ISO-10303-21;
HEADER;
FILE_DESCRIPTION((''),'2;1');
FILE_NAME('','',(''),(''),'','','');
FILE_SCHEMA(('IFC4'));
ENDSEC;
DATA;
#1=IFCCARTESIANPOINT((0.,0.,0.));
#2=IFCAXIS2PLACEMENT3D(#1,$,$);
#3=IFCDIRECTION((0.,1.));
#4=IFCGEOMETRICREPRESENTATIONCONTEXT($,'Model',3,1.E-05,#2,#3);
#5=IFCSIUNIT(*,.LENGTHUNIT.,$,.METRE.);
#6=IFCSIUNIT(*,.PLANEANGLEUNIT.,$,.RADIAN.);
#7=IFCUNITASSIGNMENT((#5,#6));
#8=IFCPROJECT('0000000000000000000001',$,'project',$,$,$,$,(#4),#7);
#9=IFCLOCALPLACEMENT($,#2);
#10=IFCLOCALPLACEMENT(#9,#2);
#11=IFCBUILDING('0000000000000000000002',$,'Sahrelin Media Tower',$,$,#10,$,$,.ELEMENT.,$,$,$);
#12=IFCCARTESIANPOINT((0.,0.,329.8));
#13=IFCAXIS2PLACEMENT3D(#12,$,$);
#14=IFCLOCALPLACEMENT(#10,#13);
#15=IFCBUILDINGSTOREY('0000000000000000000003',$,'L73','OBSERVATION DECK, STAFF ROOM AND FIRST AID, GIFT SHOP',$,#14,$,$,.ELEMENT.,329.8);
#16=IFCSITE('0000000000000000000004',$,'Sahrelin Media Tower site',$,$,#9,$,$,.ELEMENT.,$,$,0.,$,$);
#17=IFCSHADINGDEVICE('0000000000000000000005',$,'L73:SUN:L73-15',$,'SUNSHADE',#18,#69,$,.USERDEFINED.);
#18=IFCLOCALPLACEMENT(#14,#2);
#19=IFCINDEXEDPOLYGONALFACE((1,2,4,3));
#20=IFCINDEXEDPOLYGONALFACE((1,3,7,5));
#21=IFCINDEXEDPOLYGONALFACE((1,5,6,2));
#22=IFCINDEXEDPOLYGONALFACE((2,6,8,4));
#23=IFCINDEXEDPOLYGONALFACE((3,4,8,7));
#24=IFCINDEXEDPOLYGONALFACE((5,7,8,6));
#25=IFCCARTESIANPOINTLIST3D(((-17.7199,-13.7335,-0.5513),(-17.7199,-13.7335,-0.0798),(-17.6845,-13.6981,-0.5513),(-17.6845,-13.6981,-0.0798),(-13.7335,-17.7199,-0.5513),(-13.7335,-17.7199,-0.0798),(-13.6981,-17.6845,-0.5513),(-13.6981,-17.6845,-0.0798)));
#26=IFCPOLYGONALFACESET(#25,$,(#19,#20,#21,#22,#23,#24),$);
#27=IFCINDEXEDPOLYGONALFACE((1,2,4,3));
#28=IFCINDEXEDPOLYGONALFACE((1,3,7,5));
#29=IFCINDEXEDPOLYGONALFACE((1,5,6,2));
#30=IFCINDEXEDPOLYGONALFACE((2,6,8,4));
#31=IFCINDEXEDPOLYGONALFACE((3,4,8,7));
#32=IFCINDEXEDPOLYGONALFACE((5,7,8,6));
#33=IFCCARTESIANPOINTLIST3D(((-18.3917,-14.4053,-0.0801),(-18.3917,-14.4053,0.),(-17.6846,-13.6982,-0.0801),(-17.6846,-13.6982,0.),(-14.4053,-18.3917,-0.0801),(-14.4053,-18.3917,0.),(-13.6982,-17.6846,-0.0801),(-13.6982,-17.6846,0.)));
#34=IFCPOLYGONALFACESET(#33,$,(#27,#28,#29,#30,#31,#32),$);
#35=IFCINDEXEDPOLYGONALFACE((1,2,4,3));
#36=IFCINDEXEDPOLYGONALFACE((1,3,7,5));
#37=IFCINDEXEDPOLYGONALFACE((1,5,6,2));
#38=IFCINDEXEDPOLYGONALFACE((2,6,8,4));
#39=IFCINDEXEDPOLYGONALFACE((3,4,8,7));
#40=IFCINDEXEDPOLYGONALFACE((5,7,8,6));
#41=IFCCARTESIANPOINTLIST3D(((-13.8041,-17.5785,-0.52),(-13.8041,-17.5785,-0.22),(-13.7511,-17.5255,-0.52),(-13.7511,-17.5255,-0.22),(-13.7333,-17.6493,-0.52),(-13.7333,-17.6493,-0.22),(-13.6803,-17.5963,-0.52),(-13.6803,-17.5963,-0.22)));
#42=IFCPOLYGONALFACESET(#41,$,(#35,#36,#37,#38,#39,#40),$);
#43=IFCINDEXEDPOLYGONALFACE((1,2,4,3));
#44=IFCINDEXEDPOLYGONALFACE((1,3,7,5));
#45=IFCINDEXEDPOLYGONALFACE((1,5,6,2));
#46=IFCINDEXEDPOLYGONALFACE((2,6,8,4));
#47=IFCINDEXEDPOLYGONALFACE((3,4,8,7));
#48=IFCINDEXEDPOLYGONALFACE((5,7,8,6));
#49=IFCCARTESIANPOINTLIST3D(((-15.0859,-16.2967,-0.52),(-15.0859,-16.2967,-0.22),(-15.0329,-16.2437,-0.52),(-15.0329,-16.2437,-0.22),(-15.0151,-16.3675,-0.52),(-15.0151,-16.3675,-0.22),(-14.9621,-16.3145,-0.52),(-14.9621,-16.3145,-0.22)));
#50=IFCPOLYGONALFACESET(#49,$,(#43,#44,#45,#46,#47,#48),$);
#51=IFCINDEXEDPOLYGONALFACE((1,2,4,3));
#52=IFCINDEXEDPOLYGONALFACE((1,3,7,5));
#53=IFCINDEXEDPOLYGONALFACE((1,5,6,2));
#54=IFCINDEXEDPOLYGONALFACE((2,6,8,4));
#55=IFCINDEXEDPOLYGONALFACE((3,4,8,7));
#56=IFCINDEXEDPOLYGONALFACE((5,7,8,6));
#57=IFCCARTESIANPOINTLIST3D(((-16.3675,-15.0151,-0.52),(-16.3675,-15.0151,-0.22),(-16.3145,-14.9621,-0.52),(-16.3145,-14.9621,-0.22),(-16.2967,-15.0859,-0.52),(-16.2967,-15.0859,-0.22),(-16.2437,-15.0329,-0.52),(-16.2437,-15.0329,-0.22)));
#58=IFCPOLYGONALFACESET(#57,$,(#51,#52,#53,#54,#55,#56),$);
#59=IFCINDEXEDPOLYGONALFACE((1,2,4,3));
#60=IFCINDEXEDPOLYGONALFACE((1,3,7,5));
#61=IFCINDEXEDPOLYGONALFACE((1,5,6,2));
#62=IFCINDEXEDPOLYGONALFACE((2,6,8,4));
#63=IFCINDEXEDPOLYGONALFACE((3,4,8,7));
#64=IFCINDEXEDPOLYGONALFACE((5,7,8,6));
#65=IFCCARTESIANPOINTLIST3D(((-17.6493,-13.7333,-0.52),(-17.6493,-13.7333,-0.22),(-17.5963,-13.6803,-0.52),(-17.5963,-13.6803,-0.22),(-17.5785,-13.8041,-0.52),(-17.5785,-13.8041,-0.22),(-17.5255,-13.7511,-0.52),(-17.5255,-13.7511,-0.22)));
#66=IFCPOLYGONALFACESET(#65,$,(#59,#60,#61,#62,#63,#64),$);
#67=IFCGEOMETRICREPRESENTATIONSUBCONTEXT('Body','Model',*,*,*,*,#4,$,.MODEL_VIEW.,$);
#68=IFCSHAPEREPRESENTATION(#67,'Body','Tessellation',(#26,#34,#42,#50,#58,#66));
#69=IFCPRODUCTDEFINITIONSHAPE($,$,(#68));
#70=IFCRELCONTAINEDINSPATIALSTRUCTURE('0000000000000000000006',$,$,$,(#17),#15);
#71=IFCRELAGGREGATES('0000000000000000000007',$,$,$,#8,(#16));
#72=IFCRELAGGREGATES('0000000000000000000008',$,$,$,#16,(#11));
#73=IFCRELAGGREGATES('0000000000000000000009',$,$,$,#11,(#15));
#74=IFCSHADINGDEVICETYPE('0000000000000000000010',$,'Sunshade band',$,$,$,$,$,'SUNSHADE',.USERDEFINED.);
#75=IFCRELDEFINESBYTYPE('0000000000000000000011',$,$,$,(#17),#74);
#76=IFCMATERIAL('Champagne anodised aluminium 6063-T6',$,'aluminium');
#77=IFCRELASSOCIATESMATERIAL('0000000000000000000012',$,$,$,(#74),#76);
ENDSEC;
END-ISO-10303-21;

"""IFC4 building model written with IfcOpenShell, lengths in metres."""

from ifc_helpers import new_model, si_unit, direction, frame, origin, origin_2d, place, context, subcontext, project, spatial, rectangle, extrude, material, type_object, element, save


model = new_model("IFC4")

# Units and contexts
model_context = context("Model", 3, precision=1e-05, world=origin(), true_north=direction((0.0, 1.0)))
body_context = subcontext(model_context, "Body", "Model", "MODEL_VIEW")
ifc_project = project(units=[si_unit("LENGTHUNIT", "METRE"), si_unit("PLANEANGLEUNIT", "RADIAN")], contexts=[model_context])

# Site, building, storey
site_placement = place(None, origin())
site = spatial("IfcSite", under=ifc_project, at=site_placement, Name="Sahrelin Media Tower site", CompositionType="ELEMENT", RefElevation=0.0)
building_placement = place(site_placement, origin())
building = spatial("IfcBuilding", under=site, at=building_placement, Name="Sahrelin Media Tower", CompositionType="ELEMENT")
storey_placement = place(building_placement, frame((0.0, 0.0, 329.8)))
storey = spatial("IfcBuildingStorey", under=building, at=storey_placement, Name="L73", Description="OBSERVATION DECK, STAFF ROOM AND FIRST AID, GIFT SHOP", CompositionType="ELEMENT", Elevation=329.8)

# Shared definitions
ifc_material_1 = material(Name="Champagne anodised aluminium 6063-T6", Category="aluminium")

# Shading device
placement_1 = place(storey_placement, frame((-15.6772, -15.6772, 0.0), z_axis=(0.0, 0.0, 1.0), x_axis=(-0.707107, 0.707107, 0.0)))
shading_device_type_1 = type_object("IfcShadingDeviceType", Name="Sunshade band", ElementType="SUNSHADE", PredefinedType="USERDEFINED", material=ifc_material_1)
element("IfcShadingDevice", 1, at=placement_1, inside=storey, type_object=shading_device_type_1, Name="L73:SUN:L73-15", ObjectType="SUNSHADE", PredefinedType="USERDEFINED", context=body_context, shape_type="SweptSolid", body=[
    extrude(rectangle(XDim=5.6377, YDim=0.05, at=origin_2d()), frame((0.0, 0.0449, -0.5513)), (0.0, 0.0, 1.0), 0.4714),
    extrude(rectangle(XDim=5.6377, YDim=1.0, at=origin_2d()), frame((0.0, 0.52, -0.0801)), (0.0, 0.0, 1.0), 0.0801),
    extrude(rectangle(XDim=0.1001, YDim=0.075, at=origin_2d()), frame((-2.719, -0.0176, -0.52)), (0.0, 0.0, 1.0), 0.3),
    extrude(rectangle(XDim=0.1001, YDim=0.075, at=origin_2d()), frame((-0.9062, -0.0176, -0.52)), (0.0, 0.0, 1.0), 0.3),
    extrude(rectangle(XDim=0.1001, YDim=0.075, at=origin_2d()), frame((0.9062, -0.0176, -0.52)), (0.0, 0.0, 1.0), 0.3),
    extrude(rectangle(XDim=0.1001, YDim=0.075, at=origin_2d()), frame((2.719, -0.0176, -0.52)), (0.0, 0.0, 1.0), 0.3),
])

save(model, "model.ifc")
